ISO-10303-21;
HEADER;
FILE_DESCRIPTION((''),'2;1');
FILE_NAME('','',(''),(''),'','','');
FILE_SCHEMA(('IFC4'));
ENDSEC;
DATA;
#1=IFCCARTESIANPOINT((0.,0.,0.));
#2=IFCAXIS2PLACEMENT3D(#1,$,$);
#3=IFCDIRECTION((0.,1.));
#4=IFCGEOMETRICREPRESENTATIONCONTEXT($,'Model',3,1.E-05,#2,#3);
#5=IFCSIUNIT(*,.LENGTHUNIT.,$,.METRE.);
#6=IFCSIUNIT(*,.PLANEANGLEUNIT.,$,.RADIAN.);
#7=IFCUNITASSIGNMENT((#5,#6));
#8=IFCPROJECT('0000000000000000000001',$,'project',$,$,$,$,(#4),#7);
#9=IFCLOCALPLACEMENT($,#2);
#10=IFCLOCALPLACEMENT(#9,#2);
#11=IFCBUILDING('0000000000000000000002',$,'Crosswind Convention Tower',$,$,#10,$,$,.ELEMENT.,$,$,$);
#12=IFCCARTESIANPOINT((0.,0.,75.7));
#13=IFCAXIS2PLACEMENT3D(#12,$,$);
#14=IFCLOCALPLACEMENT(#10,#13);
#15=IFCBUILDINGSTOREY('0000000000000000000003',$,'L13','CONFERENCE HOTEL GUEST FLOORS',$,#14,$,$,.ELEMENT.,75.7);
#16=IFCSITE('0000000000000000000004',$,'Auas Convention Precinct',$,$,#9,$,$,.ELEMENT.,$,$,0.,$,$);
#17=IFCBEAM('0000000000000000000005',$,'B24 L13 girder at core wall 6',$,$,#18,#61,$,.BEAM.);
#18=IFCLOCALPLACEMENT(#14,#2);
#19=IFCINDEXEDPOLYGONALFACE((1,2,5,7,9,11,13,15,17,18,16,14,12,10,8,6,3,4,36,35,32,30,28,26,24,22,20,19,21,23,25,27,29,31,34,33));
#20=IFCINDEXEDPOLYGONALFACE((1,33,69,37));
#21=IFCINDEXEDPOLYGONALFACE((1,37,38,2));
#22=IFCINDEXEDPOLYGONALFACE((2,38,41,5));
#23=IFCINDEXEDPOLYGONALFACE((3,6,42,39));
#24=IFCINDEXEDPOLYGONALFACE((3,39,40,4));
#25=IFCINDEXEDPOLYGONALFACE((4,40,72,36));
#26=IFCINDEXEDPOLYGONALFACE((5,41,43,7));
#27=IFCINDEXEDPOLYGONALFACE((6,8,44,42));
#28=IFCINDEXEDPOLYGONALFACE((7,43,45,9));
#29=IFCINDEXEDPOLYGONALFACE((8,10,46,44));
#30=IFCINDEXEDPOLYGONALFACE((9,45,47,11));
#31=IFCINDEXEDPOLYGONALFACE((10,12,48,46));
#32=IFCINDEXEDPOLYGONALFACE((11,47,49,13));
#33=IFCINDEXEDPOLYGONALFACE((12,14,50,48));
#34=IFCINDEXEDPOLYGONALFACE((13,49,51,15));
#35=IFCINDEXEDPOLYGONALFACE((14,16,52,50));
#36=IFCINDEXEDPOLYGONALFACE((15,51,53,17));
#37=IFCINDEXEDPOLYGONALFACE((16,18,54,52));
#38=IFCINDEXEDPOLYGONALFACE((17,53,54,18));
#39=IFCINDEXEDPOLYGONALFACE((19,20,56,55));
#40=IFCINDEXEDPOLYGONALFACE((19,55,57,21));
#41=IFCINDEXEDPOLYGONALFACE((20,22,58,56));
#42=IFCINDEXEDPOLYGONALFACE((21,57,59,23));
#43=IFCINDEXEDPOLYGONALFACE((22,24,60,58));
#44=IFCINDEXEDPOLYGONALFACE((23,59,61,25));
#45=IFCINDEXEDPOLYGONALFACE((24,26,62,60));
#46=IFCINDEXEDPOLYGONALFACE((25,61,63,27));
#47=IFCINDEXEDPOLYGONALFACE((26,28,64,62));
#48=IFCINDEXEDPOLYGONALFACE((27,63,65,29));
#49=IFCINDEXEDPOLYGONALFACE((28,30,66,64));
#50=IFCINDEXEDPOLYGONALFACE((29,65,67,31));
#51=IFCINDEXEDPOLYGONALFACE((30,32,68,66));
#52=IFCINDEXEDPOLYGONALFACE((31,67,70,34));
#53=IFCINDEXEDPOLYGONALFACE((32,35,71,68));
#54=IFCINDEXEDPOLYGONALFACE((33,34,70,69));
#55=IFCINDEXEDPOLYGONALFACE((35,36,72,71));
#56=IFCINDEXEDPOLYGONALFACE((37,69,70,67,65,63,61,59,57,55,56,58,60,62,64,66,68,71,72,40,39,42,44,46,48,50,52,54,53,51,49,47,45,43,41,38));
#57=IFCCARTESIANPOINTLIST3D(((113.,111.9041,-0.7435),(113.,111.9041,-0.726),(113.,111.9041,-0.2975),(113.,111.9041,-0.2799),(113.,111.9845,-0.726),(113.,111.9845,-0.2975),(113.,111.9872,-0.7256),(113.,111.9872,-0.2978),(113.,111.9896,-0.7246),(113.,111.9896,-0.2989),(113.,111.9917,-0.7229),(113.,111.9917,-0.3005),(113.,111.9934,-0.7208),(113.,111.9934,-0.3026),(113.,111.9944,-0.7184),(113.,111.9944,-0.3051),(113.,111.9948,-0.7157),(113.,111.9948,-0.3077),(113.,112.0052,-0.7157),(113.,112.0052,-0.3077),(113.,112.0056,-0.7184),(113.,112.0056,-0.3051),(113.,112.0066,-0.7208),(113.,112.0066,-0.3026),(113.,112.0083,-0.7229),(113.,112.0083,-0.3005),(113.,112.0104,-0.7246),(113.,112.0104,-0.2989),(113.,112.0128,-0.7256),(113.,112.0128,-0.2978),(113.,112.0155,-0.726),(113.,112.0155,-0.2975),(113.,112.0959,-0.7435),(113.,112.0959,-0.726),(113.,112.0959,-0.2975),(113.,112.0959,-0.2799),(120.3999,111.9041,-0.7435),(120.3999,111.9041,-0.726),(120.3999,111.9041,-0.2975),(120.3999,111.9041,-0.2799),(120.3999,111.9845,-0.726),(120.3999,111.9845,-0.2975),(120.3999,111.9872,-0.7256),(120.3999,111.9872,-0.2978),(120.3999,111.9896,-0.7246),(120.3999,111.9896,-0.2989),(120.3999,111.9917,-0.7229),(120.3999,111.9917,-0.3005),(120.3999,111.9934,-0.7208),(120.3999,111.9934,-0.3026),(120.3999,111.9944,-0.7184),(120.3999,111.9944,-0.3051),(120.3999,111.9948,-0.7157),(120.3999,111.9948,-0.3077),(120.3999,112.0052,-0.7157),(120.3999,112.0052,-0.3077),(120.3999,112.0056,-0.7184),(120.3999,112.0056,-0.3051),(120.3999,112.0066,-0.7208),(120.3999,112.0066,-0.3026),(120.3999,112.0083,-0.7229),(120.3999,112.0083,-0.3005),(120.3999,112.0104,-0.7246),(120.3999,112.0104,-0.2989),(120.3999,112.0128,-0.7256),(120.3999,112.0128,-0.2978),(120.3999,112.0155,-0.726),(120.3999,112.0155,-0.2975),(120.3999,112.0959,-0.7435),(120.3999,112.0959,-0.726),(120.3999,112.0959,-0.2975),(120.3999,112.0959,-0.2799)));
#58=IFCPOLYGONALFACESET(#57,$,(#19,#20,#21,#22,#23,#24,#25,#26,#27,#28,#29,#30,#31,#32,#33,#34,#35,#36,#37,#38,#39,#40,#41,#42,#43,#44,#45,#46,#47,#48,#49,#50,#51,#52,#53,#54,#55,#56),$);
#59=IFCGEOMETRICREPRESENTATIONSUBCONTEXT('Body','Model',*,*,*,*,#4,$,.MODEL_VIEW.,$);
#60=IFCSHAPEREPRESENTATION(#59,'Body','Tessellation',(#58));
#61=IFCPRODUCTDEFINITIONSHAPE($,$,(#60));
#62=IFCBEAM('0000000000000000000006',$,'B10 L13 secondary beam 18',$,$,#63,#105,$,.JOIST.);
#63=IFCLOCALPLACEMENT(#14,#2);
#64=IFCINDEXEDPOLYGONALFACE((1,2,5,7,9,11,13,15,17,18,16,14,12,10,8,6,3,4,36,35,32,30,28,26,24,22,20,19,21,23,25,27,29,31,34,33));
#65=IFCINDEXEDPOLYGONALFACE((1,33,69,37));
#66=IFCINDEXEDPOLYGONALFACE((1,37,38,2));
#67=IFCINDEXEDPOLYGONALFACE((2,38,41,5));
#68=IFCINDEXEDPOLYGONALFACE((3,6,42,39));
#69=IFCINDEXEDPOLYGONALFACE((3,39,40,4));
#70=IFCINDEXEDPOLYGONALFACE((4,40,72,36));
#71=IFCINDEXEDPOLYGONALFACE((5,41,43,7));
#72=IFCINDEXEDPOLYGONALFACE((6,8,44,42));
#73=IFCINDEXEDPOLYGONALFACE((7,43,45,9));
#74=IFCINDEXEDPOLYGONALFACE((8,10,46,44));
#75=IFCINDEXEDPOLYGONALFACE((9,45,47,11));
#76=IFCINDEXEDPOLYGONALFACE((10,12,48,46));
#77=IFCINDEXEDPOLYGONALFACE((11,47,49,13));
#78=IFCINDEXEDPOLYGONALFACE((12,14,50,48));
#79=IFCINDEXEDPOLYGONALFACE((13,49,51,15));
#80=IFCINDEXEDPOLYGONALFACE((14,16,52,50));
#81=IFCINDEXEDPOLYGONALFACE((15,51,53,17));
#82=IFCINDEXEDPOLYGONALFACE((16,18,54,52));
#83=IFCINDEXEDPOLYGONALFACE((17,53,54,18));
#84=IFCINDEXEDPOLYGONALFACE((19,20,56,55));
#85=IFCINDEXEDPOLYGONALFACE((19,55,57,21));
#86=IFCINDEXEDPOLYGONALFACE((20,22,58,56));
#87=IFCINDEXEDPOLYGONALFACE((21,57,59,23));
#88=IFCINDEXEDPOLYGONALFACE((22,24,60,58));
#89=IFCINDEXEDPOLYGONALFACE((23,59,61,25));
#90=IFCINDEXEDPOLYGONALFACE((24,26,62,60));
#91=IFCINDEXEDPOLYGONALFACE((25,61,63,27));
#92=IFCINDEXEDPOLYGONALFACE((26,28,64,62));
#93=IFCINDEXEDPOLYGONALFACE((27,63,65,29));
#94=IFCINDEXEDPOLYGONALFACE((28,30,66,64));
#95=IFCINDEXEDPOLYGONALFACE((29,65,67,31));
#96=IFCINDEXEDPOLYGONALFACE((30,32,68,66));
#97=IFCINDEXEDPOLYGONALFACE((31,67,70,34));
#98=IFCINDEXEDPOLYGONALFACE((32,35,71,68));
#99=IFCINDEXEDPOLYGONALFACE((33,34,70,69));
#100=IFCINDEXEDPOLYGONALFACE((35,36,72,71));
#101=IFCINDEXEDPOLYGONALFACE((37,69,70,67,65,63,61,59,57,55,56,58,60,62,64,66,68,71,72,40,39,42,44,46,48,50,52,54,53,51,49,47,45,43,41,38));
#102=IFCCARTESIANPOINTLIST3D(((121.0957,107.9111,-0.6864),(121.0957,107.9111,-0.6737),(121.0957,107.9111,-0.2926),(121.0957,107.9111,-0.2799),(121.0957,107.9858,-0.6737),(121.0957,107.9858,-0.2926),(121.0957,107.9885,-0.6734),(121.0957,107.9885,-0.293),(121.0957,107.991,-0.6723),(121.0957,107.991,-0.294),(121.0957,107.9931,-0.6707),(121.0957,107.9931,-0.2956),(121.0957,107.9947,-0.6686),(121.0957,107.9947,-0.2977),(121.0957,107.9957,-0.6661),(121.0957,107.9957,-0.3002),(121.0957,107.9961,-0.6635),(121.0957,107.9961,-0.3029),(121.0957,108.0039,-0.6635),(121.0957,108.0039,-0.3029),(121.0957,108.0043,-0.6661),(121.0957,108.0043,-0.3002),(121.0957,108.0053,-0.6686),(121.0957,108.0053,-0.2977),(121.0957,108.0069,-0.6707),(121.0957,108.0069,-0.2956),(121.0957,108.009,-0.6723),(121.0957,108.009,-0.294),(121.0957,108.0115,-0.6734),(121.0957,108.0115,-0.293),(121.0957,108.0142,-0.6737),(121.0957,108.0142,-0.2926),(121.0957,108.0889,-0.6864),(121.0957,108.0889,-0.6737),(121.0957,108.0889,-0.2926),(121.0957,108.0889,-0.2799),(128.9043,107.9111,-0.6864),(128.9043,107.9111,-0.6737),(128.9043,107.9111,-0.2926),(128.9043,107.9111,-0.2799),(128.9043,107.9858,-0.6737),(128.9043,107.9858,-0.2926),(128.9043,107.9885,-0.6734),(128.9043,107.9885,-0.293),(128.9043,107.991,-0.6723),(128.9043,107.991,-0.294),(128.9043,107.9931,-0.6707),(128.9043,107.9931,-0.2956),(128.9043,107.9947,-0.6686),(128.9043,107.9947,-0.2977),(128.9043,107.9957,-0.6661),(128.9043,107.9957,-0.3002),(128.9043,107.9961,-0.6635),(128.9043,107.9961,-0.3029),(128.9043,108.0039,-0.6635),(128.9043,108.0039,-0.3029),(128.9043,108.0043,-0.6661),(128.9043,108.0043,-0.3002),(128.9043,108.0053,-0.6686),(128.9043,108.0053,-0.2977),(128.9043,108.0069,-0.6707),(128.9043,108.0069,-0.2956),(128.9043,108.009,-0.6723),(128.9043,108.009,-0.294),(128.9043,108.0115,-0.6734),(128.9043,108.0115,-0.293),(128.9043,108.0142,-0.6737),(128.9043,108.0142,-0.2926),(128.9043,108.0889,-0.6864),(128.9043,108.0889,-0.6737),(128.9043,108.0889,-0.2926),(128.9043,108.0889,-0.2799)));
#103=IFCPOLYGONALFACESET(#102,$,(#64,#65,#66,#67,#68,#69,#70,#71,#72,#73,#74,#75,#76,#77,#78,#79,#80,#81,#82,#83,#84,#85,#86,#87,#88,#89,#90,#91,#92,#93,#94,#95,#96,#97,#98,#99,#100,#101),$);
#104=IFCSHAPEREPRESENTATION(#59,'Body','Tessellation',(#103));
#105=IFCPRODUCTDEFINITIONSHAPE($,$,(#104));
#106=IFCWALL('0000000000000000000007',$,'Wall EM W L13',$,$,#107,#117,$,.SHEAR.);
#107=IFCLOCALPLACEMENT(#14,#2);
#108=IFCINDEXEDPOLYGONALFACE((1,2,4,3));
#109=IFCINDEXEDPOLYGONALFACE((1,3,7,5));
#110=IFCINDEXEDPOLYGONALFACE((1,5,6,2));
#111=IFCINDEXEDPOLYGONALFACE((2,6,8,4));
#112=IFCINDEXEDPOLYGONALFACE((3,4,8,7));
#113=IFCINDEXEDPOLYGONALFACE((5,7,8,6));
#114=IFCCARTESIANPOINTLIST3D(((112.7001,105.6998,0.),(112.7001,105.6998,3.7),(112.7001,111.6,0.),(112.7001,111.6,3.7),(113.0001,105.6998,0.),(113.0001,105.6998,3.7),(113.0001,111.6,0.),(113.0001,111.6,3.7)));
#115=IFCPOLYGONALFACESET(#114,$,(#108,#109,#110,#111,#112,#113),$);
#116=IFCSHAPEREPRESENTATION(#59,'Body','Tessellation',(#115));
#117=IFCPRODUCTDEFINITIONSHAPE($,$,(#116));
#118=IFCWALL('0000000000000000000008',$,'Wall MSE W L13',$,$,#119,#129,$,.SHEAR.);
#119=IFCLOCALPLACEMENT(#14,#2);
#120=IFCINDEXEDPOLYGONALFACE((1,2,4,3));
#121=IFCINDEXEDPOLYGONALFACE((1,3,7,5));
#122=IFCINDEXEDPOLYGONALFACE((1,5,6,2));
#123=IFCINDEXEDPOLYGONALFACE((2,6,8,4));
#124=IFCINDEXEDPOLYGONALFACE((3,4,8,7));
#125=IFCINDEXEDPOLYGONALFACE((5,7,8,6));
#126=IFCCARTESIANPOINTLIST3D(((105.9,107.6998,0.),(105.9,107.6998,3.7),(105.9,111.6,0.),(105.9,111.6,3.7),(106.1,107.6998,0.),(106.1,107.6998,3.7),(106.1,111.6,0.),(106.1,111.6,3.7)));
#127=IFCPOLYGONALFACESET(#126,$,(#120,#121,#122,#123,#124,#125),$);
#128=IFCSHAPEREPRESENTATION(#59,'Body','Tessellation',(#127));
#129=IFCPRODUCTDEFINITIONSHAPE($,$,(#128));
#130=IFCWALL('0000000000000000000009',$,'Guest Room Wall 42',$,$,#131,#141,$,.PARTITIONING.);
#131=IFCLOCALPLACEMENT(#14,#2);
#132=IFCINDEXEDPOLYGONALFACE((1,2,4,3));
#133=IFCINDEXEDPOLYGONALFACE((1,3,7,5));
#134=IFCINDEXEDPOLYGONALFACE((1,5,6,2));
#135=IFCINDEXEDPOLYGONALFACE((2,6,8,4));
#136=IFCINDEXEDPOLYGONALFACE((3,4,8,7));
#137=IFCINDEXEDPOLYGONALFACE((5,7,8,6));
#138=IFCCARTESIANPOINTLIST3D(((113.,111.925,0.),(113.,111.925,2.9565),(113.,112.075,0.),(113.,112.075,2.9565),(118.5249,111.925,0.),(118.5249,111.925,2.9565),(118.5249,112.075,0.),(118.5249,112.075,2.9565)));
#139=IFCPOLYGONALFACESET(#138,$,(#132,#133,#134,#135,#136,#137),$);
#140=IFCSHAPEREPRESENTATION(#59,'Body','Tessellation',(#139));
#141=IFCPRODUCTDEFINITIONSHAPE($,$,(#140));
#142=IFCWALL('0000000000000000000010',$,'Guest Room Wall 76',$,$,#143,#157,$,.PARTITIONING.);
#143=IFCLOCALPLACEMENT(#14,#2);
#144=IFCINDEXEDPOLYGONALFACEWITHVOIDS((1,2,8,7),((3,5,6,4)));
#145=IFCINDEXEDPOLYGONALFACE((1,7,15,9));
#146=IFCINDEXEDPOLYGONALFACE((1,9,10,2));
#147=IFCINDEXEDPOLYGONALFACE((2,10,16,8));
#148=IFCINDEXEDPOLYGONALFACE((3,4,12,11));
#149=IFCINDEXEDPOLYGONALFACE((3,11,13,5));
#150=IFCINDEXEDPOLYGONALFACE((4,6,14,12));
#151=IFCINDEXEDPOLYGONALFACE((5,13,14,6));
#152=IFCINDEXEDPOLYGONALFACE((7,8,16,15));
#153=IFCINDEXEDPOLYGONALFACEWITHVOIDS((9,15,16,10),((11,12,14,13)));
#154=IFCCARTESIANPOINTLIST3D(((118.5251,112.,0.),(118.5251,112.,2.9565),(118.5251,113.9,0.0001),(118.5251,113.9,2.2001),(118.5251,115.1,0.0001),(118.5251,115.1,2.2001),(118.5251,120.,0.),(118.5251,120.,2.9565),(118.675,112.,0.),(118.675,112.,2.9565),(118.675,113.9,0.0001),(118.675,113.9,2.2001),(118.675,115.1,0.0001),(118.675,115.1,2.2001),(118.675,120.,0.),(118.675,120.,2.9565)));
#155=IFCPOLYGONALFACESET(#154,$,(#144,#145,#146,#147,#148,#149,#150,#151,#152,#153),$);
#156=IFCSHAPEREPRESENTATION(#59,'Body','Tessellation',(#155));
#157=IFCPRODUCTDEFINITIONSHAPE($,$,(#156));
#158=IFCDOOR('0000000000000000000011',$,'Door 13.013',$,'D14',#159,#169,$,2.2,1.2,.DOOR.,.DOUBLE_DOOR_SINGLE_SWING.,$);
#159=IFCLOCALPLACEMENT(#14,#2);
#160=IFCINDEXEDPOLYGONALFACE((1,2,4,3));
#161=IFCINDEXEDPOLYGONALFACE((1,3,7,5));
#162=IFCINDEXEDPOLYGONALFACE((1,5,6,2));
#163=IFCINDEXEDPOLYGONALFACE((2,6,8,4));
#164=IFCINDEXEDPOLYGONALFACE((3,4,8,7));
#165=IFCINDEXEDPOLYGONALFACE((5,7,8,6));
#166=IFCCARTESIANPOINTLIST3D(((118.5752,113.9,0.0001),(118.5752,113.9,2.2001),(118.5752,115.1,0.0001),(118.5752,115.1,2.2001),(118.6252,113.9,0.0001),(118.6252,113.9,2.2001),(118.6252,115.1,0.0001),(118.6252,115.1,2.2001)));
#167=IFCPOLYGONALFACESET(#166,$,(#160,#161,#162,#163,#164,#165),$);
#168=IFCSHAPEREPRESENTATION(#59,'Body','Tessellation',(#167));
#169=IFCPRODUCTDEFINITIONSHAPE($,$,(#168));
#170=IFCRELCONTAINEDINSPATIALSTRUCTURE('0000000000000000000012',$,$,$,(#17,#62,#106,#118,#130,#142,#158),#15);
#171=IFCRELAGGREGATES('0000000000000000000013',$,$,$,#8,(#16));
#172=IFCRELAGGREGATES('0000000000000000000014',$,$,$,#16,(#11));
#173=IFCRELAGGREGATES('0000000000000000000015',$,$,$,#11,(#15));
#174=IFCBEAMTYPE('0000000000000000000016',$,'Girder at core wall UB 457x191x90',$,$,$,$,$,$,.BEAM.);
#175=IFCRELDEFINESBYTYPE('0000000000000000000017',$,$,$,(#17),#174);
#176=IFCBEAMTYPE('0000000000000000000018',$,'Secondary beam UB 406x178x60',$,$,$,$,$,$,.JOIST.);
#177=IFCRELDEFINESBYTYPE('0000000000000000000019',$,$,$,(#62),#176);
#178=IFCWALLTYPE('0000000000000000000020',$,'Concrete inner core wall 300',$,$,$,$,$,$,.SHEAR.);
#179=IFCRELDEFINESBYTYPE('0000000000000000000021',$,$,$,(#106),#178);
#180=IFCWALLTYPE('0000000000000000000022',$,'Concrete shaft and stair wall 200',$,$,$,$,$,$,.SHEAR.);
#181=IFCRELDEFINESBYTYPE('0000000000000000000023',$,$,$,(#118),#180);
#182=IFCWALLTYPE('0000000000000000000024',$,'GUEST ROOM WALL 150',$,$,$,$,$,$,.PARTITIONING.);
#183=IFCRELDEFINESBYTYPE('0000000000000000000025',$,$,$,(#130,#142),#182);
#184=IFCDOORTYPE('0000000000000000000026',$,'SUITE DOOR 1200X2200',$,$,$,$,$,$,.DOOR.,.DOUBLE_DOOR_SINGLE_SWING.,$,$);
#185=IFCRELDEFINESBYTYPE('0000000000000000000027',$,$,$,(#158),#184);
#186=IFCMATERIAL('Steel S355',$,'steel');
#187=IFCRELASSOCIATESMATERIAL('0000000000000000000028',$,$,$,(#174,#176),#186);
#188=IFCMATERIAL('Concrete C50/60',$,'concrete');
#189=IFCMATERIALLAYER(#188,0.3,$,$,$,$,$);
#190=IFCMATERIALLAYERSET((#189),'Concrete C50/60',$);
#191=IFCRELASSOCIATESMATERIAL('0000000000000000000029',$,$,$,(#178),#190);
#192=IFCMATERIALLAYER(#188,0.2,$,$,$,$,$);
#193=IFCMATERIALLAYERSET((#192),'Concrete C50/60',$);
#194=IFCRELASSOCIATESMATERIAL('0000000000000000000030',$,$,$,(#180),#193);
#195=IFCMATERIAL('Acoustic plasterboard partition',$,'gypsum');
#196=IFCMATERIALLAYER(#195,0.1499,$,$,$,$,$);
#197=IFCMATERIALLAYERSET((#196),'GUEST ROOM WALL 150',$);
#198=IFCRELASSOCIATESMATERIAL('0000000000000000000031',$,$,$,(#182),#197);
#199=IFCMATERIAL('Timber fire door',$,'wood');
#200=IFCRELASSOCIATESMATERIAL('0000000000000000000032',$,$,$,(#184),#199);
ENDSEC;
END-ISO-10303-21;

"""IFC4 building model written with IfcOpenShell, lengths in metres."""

from ifc_helpers import new_model, si_unit, direction, frame, frame_2d, origin, origin_2d, place, context, subcontext, project, spatial, rectangle, i_section, extrude, material, layer, layer_set, material_profile, profile_set, type_object, element, fill, save


model = new_model("IFC4")

# Units and contexts
model_context = context("Model", 3, precision=1e-05, world=origin(), true_north=direction((0.0, 1.0)))
body_context = subcontext(model_context, "Body", "Model", "MODEL_VIEW")
ifc_project = project(units=[si_unit("LENGTHUNIT", "METRE"), si_unit("PLANEANGLEUNIT", "RADIAN")], contexts=[model_context])

# Site, building, storey
site_placement = place(None, origin())
site = spatial("IfcSite", under=ifc_project, at=site_placement, Name="Auas Convention Precinct", CompositionType="ELEMENT", RefElevation=0.0)
building_placement = place(site_placement, origin())
building = spatial("IfcBuilding", under=site, at=building_placement, Name="Crosswind Convention Tower", CompositionType="ELEMENT")
storey_placement = place(building_placement, frame((0.0, 0.0, 75.7)))
storey = spatial("IfcBuildingStorey", under=building, at=storey_placement, Name="L13", Description="CONFERENCE HOTEL GUEST FLOORS", CompositionType="ELEMENT", Elevation=75.7)

# Beams
ifc_material_1 = material(Name="Steel S355", Category="steel")
ifc_material_profile_1 = material_profile(ifc_material_1, i_section(OverallWidth=0.1919, OverallDepth=0.4636, WebThickness=0.0105, FlangeThickness=0.0176, FilletRadius=0.0103, at=origin_2d()), Name="UB 457x191x90")
ifc_profile_set_1 = profile_set([ifc_material_profile_1], Name="Steel S355")
beam_type_1 = type_object("IfcBeamType", Name="Girder at core wall UB 457x191x90", PredefinedType="BEAM", material=ifc_profile_set_1)
beam_1_placement = place(storey_placement, frame((113.0, 112.0, -0.5117), z_axis=(1.0, 0.0, 0.0), x_axis=(0.0, 1.0, 0.0)))
element("IfcBeam", 1, at=beam_1_placement, inside=storey, type_object=beam_type_1, Name="B24 L13 girder at core wall 6", PredefinedType="BEAM", context=body_context, shape_type="SweptSolid", body=[
    extrude(i_section(OverallWidth=0.1919, OverallDepth=0.4636, WebThickness=0.0105, FlangeThickness=0.0176, FilletRadius=0.0103, at=origin_2d()), origin(), (0.0, 0.0, 1.0), 7.3999),
])
ifc_material_profile_2 = material_profile(ifc_material_1, i_section(OverallWidth=0.1777, OverallDepth=0.4065, WebThickness=0.0078, FlangeThickness=0.0127, FilletRadius=0.0103, at=origin_2d()), Name="UB 406x178x60")
ifc_profile_set_2 = profile_set([ifc_material_profile_2], Name="Steel S355")
beam_type_2 = type_object("IfcBeamType", Name="Secondary beam UB 406x178x60", PredefinedType="JOIST", material=ifc_profile_set_2)
beam_2_placement = place(storey_placement, frame((121.0957, 108.0, -0.4832), z_axis=(1.0, 0.0, 0.0), x_axis=(0.0, 1.0, 0.0)))
element("IfcBeam", 2, at=beam_2_placement, inside=storey, type_object=beam_type_2, Name="B10 L13 secondary beam 18", PredefinedType="JOIST", context=body_context, shape_type="SweptSolid", body=[
    extrude(i_section(OverallWidth=0.1777, OverallDepth=0.4065, WebThickness=0.0078, FlangeThickness=0.0127, FilletRadius=0.0103, at=origin_2d()), origin(), (0.0, 0.0, 1.0), 7.8086),
])

# Walls
ifc_material_2 = material(Name="Concrete C50/60", Category="concrete")
ifc_layer_1 = layer(ifc_material_2, 0.3)
ifc_layer_set_1 = layer_set([ifc_layer_1], Name="Concrete C50/60")
wall_type_1 = type_object("IfcWallType", Name="Concrete inner core wall 300", PredefinedType="SHEAR", material=ifc_layer_set_1)
wall_1_placement = place(storey_placement, frame((112.8501, 111.6001, 0.0), z_axis=(0.0, 0.0, 1.0), x_axis=(0.0, -1.0, 0.0)))
element("IfcWall", 3, at=wall_1_placement, inside=storey, type_object=wall_type_1, Name="Wall EM W L13", PredefinedType="SHEAR", context=body_context, shape_type="SweptSolid", body=[
    extrude(rectangle(XDim=5.9001, YDim=0.3, at=frame_2d((2.9502, 0.0))), origin(), (0.0, 0.0, 1.0), 3.7),
])
ifc_layer_2 = layer(ifc_material_2, 0.2)
ifc_layer_set_2 = layer_set([ifc_layer_2], Name="Concrete C50/60")
wall_type_2 = type_object("IfcWallType", Name="Concrete shaft and stair wall 200", PredefinedType="SHEAR", material=ifc_layer_set_2)
wall_2_placement = place(storey_placement, frame((106.0, 111.6001, 0.0), z_axis=(0.0, 0.0, 1.0), x_axis=(0.0, -1.0, 0.0)))
element("IfcWall", 4, at=wall_2_placement, inside=storey, type_object=wall_type_2, Name="Wall MSE W L13", PredefinedType="SHEAR", context=body_context, shape_type="SweptSolid", body=[
    extrude(rectangle(XDim=3.9001, YDim=0.2, at=frame_2d((1.9502, 0.0))), origin(), (0.0, 0.0, 1.0), 3.7),
])
ifc_material_3 = material(Name="Acoustic plasterboard partition", Category="gypsum")
ifc_layer_3 = layer(ifc_material_3, 0.1499)
ifc_layer_set_3 = layer_set([ifc_layer_3], Name="GUEST ROOM WALL 150")
wall_type_3 = type_object("IfcWallType", Name="GUEST ROOM WALL 150", PredefinedType="PARTITIONING", material=ifc_layer_set_3)
wall_3_placement = place(storey_placement, frame((113.0, 112.0, 0.0), z_axis=(0.0, 0.0, 1.0), x_axis=(1.0, 0.0, 0.0)))
element("IfcWall", 5, at=wall_3_placement, inside=storey, type_object=wall_type_3, Name="Guest Room Wall 42", PredefinedType="PARTITIONING", context=body_context, shape_type="SweptSolid", body=[
    extrude(rectangle(XDim=5.5249, YDim=0.1499, at=frame_2d((2.7625, 0.0))), origin(), (0.0, 0.0, 1.0), 2.9565),
])

# Wall, opening, door
wall_4_placement = place(storey_placement, frame((118.6001, 112.0, 0.0), z_axis=(0.0, 0.0, 1.0), x_axis=(0.0, 1.0, 0.0)))
wall_4 = element("IfcWall", 6, at=wall_4_placement, inside=storey, type_object=wall_type_3, Name="Guest Room Wall 76", PredefinedType="PARTITIONING", context=body_context, shape_type="SweptSolid", body=[
    extrude(rectangle(XDim=8.0, YDim=0.1499, at=frame_2d((4.0, 0.0))), origin(), (0.0, 0.0, 1.0), 2.9565),
])
opening_1_placement = place(wall_4_placement, frame((1.8999, 0.0, 0.0)))
opening_1 = element("IfcOpeningElement", 7, at=opening_1_placement, cuts=wall_4, PredefinedType="OPENING", context=body_context, shape_type="SweptSolid", body=[
    extrude(rectangle(XDim=1.2, YDim=2.2, at=frame_2d((0.6001, 1.1001))), frame((0.0, 0.085, 0.0), z_axis=(0.0, -1.0, 0.0), x_axis=(1.0, 0.0, 0.0)), (0.0, 0.0, 1.0), 0.1699),
])
ifc_material_4 = material(Name="Timber fire door", Category="wood")
door_type_1 = type_object("IfcDoorType", Name="SUITE DOOR 1200X2200", OperationType="DOUBLE_DOOR_SINGLE_SWING", PredefinedType="DOOR", material=ifc_material_4)
door_1_placement = place(opening_1_placement, origin())
door_1 = element("IfcDoor", 8, at=door_1_placement, inside=storey, type_object=door_type_1, Name="Door 13.013", ObjectType="D14", OperationType="DOUBLE_DOOR_SINGLE_SWING", OverallHeight=2.2, OverallWidth=1.2, PredefinedType="DOOR", context=body_context, shape_type="SweptSolid", body=[
    extrude(rectangle(XDim=1.2, YDim=2.2, at=frame_2d((0.6001, 1.1001))), frame((0.0, 0.0249, 0.0), z_axis=(0.0, -1.0, 0.0), x_axis=(1.0, 0.0, 0.0)), (0.0, 0.0, 1.0), 0.05),
])
fill(opening_1, door_1)

save(model, "model.ifc")
